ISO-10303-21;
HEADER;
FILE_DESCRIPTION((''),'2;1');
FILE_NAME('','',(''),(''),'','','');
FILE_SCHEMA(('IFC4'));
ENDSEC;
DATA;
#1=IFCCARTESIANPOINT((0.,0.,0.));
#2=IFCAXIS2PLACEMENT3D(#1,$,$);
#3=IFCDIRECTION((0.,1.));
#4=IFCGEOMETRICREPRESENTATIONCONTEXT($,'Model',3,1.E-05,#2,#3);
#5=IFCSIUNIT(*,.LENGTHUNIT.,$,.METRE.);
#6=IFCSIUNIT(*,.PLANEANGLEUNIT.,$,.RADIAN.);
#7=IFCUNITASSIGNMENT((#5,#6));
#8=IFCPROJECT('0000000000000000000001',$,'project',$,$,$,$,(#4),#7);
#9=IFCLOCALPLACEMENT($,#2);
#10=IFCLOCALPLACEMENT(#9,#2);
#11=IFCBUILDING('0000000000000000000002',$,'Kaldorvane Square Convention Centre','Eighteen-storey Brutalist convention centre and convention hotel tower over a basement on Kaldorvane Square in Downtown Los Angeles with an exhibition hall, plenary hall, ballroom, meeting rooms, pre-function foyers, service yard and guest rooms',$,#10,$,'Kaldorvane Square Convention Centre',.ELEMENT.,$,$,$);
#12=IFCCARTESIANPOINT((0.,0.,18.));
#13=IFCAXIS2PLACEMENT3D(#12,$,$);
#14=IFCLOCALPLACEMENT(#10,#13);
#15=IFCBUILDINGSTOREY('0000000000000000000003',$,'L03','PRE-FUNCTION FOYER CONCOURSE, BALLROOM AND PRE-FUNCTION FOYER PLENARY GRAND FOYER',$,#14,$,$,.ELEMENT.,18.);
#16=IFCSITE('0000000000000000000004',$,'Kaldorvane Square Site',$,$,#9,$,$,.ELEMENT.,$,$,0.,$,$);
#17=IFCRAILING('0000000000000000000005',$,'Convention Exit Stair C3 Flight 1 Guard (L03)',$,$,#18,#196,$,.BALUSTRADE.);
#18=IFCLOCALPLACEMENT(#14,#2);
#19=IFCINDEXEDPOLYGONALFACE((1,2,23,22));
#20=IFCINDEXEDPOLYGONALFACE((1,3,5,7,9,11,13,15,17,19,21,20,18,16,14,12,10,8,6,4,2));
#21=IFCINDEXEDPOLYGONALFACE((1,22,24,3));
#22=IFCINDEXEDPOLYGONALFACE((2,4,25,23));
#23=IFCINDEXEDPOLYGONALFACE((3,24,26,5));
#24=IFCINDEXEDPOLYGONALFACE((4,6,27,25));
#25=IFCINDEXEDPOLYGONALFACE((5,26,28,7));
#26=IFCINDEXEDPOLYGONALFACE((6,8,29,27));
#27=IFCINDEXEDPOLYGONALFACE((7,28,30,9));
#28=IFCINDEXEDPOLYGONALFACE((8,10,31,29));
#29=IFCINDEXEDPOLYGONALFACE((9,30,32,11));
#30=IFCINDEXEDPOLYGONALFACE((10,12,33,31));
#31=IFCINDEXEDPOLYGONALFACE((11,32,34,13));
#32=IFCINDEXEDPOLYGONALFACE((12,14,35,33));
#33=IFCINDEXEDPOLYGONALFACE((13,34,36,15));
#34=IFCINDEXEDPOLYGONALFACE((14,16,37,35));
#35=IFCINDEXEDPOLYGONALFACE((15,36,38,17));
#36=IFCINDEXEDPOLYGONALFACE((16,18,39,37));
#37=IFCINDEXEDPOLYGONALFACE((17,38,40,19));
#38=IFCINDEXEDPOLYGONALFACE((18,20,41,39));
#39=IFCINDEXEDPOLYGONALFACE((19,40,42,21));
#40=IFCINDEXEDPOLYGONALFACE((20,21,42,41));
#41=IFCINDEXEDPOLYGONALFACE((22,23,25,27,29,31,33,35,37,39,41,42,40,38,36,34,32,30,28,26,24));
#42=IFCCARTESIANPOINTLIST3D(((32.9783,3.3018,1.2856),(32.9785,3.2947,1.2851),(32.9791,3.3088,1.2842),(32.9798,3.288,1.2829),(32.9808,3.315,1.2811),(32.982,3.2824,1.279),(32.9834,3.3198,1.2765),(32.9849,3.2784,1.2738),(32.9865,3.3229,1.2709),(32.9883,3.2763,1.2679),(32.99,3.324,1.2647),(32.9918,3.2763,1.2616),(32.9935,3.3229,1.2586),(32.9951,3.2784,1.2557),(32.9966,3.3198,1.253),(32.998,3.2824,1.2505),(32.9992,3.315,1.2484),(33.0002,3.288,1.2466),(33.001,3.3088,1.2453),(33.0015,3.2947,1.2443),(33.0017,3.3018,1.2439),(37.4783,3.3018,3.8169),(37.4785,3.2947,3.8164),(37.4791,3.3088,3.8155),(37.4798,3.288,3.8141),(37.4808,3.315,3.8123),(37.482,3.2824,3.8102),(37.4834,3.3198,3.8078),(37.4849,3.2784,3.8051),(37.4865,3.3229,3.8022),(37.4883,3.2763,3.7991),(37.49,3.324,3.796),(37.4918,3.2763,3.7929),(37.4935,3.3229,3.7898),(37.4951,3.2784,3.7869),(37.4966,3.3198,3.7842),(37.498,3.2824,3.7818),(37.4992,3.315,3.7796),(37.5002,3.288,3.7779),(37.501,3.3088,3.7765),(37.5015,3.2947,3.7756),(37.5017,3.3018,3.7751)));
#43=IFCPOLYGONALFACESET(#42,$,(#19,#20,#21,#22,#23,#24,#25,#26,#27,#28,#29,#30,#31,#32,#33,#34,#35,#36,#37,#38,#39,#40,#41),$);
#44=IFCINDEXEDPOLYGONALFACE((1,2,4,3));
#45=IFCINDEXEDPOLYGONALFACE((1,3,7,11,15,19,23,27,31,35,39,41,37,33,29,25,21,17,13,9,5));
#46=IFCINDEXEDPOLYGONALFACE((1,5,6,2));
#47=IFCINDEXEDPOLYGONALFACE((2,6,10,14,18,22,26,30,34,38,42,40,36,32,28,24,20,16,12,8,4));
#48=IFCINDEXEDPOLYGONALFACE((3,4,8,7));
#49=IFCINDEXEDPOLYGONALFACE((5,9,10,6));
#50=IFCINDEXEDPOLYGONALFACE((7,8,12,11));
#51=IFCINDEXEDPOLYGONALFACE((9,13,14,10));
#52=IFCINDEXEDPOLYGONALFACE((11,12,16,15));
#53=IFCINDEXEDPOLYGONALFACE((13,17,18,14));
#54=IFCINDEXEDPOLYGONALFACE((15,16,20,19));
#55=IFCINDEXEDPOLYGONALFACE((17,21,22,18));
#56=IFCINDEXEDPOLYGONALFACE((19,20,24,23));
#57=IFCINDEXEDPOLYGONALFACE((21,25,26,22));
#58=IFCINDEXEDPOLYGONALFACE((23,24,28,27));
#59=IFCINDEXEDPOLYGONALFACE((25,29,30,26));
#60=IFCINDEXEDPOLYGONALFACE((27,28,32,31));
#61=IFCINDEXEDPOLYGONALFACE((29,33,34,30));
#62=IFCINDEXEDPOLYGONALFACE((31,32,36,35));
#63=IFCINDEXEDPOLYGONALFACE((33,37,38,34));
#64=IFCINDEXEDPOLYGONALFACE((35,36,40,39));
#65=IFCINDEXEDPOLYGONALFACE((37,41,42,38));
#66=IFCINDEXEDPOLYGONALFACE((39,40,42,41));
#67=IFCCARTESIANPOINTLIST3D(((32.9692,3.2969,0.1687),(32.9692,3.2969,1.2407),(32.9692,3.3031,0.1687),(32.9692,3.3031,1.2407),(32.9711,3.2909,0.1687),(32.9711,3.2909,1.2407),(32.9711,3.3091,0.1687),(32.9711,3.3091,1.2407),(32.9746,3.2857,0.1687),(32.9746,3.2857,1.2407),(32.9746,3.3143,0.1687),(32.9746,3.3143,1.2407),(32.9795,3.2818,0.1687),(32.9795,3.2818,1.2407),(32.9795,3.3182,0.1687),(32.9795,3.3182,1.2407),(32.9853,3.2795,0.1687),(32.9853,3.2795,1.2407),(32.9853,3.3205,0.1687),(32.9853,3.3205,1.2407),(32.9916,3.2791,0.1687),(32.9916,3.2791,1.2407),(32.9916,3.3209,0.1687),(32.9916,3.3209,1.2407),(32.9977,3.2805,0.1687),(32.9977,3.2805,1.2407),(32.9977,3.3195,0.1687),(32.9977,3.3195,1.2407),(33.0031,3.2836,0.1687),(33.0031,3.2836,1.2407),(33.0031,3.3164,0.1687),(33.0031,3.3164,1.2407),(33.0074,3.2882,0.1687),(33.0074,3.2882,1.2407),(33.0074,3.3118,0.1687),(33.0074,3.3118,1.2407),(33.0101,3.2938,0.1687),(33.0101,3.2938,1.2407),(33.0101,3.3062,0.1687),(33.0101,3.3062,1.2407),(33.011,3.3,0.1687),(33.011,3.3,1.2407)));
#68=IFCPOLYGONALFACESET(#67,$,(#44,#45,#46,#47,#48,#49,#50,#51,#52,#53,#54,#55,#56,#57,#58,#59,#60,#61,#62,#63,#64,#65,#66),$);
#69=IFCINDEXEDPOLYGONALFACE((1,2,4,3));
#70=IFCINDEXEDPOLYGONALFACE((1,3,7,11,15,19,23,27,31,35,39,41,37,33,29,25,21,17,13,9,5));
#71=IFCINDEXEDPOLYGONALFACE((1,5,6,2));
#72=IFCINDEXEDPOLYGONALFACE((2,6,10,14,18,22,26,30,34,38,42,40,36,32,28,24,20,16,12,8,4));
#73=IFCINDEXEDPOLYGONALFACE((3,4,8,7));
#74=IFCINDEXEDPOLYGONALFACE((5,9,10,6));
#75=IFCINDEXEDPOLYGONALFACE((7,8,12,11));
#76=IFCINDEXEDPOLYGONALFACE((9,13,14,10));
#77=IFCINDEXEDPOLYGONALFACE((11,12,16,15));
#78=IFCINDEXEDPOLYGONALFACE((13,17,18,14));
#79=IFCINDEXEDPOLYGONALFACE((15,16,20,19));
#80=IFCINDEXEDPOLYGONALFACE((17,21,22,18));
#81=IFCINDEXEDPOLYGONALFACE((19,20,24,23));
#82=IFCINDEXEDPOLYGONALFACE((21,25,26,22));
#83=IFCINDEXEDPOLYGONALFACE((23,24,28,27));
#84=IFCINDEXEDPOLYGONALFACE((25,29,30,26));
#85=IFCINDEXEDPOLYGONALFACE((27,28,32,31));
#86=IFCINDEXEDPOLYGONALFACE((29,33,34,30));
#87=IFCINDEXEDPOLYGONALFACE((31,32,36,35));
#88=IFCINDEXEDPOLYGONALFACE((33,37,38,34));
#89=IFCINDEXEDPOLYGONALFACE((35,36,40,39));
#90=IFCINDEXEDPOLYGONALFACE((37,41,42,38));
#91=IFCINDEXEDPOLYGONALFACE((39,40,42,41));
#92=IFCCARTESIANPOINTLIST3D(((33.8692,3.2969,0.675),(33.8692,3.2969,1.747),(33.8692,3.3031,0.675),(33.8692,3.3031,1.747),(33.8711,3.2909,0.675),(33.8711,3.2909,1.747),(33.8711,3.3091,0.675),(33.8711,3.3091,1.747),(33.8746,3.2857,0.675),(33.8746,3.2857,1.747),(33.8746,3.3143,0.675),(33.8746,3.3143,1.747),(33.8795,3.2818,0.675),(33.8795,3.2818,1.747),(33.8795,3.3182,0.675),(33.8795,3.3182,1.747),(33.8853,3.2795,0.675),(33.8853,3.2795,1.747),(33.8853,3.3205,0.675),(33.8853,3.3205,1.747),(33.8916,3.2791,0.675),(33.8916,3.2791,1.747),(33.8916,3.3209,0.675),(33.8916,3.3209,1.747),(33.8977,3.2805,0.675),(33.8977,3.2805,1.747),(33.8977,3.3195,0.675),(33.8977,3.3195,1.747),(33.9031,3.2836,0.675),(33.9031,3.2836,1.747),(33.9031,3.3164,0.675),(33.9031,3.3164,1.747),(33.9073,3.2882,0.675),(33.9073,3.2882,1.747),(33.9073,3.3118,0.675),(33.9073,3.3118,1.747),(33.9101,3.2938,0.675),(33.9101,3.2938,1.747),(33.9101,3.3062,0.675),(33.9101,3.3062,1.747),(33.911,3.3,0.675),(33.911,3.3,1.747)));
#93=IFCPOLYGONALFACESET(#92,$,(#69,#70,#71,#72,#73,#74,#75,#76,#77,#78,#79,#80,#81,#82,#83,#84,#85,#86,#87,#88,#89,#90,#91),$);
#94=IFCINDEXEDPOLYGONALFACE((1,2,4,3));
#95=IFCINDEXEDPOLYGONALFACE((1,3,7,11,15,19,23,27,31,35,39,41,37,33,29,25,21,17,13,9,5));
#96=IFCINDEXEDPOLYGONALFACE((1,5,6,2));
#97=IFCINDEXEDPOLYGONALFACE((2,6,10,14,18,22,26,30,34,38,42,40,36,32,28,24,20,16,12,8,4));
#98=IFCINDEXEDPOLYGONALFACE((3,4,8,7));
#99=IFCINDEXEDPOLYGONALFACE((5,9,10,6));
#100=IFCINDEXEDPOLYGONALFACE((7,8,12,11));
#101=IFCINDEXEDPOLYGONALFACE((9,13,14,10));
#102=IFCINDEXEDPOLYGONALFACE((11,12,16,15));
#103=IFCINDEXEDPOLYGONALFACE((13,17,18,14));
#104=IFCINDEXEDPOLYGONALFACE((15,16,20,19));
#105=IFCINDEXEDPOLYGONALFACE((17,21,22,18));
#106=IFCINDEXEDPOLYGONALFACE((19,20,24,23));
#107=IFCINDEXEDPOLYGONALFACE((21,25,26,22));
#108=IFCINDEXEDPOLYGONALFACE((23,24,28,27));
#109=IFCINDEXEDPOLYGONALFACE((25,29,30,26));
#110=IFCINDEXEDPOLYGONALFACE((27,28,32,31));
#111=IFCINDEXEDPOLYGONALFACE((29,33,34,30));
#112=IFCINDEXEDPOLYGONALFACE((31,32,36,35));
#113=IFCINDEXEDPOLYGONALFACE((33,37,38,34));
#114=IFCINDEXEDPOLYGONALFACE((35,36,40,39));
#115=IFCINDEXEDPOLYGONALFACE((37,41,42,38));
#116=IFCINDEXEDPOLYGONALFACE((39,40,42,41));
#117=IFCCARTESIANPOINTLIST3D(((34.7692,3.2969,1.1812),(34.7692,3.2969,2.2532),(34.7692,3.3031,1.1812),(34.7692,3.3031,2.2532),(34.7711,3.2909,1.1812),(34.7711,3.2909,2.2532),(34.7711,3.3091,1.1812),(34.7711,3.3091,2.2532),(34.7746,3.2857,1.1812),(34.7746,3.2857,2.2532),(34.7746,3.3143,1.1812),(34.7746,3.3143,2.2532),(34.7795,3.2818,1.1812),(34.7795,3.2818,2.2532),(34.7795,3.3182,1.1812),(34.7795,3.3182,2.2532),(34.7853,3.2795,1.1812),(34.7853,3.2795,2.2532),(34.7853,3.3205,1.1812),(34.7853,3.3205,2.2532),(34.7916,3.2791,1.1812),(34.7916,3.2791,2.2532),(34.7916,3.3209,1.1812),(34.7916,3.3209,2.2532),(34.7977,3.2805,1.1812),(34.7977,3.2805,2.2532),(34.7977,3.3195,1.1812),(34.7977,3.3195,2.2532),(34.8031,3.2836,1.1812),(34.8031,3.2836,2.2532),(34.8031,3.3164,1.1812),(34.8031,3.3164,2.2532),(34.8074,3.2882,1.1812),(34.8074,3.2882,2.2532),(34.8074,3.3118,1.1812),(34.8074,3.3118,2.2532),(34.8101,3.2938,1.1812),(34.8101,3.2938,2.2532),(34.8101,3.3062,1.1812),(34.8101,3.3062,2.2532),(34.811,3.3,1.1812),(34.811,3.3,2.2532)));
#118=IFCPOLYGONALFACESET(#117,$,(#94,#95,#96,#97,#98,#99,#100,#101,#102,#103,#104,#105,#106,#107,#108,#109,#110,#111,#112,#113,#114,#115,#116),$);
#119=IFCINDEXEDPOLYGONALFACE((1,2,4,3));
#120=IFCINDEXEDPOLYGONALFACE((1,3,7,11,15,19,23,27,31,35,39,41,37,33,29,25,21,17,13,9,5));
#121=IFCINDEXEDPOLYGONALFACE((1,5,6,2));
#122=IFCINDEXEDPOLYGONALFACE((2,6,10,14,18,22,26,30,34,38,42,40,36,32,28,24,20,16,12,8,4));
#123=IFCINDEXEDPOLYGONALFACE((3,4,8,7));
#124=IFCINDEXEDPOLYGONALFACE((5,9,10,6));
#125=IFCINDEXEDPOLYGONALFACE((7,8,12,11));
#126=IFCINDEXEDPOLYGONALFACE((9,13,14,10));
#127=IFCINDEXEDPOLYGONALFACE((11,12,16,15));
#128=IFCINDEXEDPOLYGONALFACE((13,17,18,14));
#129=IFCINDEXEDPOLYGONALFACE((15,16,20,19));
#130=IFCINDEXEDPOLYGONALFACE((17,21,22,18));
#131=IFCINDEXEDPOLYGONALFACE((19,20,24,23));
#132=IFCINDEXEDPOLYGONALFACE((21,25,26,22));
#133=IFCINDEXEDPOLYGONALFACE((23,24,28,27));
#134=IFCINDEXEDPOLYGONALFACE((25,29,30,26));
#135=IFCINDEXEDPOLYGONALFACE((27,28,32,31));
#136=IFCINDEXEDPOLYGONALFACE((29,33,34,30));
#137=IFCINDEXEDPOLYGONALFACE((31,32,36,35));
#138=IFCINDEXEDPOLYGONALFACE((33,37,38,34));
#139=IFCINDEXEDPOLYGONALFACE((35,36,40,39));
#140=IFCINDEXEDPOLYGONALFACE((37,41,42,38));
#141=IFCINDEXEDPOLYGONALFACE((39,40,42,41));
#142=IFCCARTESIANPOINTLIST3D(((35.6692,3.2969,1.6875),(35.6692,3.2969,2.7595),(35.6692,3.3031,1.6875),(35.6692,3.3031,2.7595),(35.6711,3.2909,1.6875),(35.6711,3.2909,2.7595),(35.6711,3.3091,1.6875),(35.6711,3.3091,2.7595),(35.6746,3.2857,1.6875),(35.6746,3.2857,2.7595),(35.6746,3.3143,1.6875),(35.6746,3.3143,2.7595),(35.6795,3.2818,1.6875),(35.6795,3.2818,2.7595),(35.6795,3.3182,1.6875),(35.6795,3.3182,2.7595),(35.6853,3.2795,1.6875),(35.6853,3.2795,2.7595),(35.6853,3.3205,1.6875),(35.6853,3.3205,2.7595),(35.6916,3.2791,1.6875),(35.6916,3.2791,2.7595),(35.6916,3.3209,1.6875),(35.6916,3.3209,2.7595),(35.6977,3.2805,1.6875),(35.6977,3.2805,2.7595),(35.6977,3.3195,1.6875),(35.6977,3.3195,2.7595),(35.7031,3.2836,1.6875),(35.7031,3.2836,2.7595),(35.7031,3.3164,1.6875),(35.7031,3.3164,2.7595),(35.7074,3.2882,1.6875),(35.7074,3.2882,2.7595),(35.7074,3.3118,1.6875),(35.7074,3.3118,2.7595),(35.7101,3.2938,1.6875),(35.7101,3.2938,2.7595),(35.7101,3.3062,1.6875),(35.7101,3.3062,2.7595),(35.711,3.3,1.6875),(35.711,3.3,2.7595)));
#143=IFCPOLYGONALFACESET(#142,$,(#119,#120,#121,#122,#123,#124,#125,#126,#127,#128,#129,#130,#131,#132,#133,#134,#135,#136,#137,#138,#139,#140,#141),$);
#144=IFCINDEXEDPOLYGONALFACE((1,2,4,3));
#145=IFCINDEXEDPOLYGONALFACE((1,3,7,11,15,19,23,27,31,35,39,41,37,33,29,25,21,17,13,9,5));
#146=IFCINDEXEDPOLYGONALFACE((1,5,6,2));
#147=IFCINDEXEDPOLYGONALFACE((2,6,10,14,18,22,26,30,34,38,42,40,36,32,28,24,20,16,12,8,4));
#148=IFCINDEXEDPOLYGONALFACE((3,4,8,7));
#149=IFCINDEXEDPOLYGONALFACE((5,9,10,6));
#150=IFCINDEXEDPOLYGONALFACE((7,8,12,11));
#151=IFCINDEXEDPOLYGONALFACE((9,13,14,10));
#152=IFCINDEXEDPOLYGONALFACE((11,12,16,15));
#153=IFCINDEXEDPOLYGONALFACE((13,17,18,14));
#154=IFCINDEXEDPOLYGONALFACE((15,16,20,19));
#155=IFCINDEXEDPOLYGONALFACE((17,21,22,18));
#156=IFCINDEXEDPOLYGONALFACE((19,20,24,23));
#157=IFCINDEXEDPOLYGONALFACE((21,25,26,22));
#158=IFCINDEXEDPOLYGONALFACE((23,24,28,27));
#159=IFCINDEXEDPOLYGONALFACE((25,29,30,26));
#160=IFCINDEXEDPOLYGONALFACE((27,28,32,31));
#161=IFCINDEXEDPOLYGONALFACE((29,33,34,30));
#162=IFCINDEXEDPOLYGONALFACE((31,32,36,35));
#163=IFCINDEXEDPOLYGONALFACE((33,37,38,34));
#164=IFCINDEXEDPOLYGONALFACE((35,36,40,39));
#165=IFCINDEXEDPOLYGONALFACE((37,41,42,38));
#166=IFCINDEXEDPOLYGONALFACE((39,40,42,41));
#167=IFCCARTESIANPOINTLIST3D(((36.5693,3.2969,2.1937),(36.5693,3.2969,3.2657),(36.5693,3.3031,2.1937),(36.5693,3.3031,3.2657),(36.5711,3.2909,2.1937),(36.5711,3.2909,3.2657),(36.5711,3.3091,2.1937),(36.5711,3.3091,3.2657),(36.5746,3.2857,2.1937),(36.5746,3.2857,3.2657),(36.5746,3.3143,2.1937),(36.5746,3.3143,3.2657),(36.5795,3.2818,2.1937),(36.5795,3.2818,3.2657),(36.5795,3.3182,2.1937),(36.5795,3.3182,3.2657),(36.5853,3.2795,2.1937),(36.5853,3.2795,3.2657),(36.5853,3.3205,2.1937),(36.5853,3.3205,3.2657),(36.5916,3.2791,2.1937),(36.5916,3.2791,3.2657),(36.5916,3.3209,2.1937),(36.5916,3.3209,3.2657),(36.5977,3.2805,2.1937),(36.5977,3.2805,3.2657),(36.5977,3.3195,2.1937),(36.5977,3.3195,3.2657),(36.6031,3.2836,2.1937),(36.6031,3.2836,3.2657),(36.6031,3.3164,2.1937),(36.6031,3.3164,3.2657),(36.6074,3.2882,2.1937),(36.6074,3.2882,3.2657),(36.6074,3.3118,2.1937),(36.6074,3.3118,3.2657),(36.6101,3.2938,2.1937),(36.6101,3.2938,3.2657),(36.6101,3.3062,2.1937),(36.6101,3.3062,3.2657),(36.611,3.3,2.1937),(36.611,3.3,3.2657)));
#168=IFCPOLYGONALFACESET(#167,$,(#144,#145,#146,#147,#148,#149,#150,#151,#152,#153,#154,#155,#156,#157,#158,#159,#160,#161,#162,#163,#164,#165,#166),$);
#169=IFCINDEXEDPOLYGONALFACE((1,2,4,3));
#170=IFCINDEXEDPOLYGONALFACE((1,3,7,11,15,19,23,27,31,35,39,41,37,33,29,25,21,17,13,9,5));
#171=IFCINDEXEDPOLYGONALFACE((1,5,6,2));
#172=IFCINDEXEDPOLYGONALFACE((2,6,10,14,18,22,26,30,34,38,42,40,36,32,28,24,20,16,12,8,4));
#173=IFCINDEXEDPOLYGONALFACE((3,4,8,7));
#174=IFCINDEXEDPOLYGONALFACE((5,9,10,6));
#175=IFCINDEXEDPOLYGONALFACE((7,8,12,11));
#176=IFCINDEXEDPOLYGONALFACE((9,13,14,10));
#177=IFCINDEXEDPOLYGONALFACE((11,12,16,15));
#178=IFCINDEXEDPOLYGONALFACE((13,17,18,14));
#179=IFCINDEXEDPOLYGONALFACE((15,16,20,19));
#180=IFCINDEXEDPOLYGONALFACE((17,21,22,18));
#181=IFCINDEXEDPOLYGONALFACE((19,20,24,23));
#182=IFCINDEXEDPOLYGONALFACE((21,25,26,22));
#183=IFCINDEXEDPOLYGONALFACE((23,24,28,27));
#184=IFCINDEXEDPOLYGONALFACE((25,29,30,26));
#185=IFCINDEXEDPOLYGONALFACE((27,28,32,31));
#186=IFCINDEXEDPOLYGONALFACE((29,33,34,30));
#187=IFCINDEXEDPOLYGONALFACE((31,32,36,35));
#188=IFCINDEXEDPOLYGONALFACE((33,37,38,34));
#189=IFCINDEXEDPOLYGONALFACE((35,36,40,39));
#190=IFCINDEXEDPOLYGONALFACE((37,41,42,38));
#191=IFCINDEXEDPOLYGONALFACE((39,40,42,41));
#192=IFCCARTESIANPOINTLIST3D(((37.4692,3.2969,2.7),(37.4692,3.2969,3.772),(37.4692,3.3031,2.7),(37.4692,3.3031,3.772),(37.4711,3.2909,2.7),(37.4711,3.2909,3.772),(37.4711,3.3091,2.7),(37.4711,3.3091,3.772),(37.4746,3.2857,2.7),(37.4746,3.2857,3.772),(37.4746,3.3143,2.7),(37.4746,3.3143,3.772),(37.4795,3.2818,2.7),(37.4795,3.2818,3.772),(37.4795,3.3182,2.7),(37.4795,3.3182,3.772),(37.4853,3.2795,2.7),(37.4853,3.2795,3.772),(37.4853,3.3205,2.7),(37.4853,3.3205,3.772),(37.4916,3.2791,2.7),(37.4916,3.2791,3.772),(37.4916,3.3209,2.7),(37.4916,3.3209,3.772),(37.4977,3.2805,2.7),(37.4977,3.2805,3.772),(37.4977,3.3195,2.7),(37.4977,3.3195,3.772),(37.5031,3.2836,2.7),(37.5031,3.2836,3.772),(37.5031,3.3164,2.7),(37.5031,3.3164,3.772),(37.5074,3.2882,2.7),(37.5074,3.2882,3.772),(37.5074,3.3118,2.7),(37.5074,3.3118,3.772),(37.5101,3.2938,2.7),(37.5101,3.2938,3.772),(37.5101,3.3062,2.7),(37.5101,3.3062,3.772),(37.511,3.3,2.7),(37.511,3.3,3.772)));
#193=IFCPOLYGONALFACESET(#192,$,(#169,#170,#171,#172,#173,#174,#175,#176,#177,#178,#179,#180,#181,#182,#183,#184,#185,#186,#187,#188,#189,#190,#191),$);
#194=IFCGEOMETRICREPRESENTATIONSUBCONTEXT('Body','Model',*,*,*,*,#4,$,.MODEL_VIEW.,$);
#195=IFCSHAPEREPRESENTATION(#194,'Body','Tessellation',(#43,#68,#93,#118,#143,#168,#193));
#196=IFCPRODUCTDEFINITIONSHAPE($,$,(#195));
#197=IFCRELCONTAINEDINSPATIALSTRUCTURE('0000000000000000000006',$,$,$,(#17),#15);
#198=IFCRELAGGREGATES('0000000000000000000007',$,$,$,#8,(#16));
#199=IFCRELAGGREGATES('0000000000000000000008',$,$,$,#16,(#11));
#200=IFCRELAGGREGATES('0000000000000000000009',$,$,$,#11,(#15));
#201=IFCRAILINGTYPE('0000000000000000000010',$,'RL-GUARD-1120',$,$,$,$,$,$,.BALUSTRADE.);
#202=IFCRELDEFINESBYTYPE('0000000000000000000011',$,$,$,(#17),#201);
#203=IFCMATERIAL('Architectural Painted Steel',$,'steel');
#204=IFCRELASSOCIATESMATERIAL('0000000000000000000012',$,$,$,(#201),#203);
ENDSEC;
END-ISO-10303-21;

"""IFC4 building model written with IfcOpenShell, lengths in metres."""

from ifc_helpers import new_model, si_unit, direction, frame, origin, origin_2d, place, context, subcontext, project, spatial, circle, extrude, material, type_object, element, save


model = new_model("IFC4")

# Units and contexts
model_context = context("Model", 3, precision=1e-05, world=origin(), true_north=direction((0.0, 1.0)))
body_context = subcontext(model_context, "Body", "Model", "MODEL_VIEW")
ifc_project = project(units=[si_unit("LENGTHUNIT", "METRE"), si_unit("PLANEANGLEUNIT", "RADIAN")], contexts=[model_context])

# Site, building, storey
site_placement = place(None, origin())
site = spatial("IfcSite", under=ifc_project, at=site_placement, Name="Kaldorvane Square Site", CompositionType="ELEMENT", RefElevation=0.0)
building_placement = place(site_placement, origin())
building = spatial("IfcBuilding", under=site, at=building_placement, Name="Kaldorvane Square Convention Centre", Description="Eighteen-storey Brutalist convention centre and convention hotel tower over a basement on Kaldorvane Square in Downtown Los Angeles with an exhibition hall, plenary hall, ballroom, meeting rooms, pre-function foyers, service yard and guest rooms", LongName="Kaldorvane Square Convention Centre", CompositionType="ELEMENT")
storey_placement = place(building_placement, frame((0.0, 0.0, 18.0)))
storey = spatial("IfcBuildingStorey", under=building, at=storey_placement, Name="L03", Description="PRE-FUNCTION FOYER CONCOURSE, BALLROOM AND PRE-FUNCTION FOYER PLENARY GRAND FOYER", CompositionType="ELEMENT", Elevation=18.0)

# Railing
ifc_material_1 = material(Name="Architectural Painted Steel", Category="steel")
railing_type_1 = type_object("IfcRailingType", Name="RL-GUARD-1120", PredefinedType="BALUSTRADE", material=ifc_material_1)
railing_1_placement = place(storey_placement, frame((32.99, 3.3, 0.1687)))
element("IfcRailing", 1, at=railing_1_placement, inside=storey, type_object=railing_type_1, Name="Convention Exit Stair C3 Flight 1 Guard (L03)", PredefinedType="BALUSTRADE", context=body_context, shape_type="SweptSolid", body=[
    extrude(circle(Radius=0.024, at=origin_2d()), frame((0.0, 0.0, 1.096), z_axis=(0.871576, 0.0, 0.490261), x_axis=(0.0, 1.0, 0.0)), (0.0, 0.0, 1.0), 5.1631),
    extrude(circle(Radius=0.021, at=origin_2d()), origin(), (0.0, 0.0, 1.0), 1.072),
    extrude(circle(Radius=0.021, at=origin_2d()), frame((0.9, 0.0, 0.5063)), (0.0, 0.0, 1.0), 1.072),
    extrude(circle(Radius=0.021, at=origin_2d()), frame((1.8, 0.0, 1.0125)), (0.0, 0.0, 1.0), 1.072),
    extrude(circle(Radius=0.021, at=origin_2d()), frame((2.7, 0.0, 1.5188)), (0.0, 0.0, 1.0), 1.072),
    extrude(circle(Radius=0.021, at=origin_2d()), frame((3.6, 0.0, 2.025)), (0.0, 0.0, 1.0), 1.072),
    extrude(circle(Radius=0.021, at=origin_2d()), frame((4.5, 0.0, 2.5312)), (0.0, 0.0, 1.0), 1.072),
])

save(model, "model.ifc")
